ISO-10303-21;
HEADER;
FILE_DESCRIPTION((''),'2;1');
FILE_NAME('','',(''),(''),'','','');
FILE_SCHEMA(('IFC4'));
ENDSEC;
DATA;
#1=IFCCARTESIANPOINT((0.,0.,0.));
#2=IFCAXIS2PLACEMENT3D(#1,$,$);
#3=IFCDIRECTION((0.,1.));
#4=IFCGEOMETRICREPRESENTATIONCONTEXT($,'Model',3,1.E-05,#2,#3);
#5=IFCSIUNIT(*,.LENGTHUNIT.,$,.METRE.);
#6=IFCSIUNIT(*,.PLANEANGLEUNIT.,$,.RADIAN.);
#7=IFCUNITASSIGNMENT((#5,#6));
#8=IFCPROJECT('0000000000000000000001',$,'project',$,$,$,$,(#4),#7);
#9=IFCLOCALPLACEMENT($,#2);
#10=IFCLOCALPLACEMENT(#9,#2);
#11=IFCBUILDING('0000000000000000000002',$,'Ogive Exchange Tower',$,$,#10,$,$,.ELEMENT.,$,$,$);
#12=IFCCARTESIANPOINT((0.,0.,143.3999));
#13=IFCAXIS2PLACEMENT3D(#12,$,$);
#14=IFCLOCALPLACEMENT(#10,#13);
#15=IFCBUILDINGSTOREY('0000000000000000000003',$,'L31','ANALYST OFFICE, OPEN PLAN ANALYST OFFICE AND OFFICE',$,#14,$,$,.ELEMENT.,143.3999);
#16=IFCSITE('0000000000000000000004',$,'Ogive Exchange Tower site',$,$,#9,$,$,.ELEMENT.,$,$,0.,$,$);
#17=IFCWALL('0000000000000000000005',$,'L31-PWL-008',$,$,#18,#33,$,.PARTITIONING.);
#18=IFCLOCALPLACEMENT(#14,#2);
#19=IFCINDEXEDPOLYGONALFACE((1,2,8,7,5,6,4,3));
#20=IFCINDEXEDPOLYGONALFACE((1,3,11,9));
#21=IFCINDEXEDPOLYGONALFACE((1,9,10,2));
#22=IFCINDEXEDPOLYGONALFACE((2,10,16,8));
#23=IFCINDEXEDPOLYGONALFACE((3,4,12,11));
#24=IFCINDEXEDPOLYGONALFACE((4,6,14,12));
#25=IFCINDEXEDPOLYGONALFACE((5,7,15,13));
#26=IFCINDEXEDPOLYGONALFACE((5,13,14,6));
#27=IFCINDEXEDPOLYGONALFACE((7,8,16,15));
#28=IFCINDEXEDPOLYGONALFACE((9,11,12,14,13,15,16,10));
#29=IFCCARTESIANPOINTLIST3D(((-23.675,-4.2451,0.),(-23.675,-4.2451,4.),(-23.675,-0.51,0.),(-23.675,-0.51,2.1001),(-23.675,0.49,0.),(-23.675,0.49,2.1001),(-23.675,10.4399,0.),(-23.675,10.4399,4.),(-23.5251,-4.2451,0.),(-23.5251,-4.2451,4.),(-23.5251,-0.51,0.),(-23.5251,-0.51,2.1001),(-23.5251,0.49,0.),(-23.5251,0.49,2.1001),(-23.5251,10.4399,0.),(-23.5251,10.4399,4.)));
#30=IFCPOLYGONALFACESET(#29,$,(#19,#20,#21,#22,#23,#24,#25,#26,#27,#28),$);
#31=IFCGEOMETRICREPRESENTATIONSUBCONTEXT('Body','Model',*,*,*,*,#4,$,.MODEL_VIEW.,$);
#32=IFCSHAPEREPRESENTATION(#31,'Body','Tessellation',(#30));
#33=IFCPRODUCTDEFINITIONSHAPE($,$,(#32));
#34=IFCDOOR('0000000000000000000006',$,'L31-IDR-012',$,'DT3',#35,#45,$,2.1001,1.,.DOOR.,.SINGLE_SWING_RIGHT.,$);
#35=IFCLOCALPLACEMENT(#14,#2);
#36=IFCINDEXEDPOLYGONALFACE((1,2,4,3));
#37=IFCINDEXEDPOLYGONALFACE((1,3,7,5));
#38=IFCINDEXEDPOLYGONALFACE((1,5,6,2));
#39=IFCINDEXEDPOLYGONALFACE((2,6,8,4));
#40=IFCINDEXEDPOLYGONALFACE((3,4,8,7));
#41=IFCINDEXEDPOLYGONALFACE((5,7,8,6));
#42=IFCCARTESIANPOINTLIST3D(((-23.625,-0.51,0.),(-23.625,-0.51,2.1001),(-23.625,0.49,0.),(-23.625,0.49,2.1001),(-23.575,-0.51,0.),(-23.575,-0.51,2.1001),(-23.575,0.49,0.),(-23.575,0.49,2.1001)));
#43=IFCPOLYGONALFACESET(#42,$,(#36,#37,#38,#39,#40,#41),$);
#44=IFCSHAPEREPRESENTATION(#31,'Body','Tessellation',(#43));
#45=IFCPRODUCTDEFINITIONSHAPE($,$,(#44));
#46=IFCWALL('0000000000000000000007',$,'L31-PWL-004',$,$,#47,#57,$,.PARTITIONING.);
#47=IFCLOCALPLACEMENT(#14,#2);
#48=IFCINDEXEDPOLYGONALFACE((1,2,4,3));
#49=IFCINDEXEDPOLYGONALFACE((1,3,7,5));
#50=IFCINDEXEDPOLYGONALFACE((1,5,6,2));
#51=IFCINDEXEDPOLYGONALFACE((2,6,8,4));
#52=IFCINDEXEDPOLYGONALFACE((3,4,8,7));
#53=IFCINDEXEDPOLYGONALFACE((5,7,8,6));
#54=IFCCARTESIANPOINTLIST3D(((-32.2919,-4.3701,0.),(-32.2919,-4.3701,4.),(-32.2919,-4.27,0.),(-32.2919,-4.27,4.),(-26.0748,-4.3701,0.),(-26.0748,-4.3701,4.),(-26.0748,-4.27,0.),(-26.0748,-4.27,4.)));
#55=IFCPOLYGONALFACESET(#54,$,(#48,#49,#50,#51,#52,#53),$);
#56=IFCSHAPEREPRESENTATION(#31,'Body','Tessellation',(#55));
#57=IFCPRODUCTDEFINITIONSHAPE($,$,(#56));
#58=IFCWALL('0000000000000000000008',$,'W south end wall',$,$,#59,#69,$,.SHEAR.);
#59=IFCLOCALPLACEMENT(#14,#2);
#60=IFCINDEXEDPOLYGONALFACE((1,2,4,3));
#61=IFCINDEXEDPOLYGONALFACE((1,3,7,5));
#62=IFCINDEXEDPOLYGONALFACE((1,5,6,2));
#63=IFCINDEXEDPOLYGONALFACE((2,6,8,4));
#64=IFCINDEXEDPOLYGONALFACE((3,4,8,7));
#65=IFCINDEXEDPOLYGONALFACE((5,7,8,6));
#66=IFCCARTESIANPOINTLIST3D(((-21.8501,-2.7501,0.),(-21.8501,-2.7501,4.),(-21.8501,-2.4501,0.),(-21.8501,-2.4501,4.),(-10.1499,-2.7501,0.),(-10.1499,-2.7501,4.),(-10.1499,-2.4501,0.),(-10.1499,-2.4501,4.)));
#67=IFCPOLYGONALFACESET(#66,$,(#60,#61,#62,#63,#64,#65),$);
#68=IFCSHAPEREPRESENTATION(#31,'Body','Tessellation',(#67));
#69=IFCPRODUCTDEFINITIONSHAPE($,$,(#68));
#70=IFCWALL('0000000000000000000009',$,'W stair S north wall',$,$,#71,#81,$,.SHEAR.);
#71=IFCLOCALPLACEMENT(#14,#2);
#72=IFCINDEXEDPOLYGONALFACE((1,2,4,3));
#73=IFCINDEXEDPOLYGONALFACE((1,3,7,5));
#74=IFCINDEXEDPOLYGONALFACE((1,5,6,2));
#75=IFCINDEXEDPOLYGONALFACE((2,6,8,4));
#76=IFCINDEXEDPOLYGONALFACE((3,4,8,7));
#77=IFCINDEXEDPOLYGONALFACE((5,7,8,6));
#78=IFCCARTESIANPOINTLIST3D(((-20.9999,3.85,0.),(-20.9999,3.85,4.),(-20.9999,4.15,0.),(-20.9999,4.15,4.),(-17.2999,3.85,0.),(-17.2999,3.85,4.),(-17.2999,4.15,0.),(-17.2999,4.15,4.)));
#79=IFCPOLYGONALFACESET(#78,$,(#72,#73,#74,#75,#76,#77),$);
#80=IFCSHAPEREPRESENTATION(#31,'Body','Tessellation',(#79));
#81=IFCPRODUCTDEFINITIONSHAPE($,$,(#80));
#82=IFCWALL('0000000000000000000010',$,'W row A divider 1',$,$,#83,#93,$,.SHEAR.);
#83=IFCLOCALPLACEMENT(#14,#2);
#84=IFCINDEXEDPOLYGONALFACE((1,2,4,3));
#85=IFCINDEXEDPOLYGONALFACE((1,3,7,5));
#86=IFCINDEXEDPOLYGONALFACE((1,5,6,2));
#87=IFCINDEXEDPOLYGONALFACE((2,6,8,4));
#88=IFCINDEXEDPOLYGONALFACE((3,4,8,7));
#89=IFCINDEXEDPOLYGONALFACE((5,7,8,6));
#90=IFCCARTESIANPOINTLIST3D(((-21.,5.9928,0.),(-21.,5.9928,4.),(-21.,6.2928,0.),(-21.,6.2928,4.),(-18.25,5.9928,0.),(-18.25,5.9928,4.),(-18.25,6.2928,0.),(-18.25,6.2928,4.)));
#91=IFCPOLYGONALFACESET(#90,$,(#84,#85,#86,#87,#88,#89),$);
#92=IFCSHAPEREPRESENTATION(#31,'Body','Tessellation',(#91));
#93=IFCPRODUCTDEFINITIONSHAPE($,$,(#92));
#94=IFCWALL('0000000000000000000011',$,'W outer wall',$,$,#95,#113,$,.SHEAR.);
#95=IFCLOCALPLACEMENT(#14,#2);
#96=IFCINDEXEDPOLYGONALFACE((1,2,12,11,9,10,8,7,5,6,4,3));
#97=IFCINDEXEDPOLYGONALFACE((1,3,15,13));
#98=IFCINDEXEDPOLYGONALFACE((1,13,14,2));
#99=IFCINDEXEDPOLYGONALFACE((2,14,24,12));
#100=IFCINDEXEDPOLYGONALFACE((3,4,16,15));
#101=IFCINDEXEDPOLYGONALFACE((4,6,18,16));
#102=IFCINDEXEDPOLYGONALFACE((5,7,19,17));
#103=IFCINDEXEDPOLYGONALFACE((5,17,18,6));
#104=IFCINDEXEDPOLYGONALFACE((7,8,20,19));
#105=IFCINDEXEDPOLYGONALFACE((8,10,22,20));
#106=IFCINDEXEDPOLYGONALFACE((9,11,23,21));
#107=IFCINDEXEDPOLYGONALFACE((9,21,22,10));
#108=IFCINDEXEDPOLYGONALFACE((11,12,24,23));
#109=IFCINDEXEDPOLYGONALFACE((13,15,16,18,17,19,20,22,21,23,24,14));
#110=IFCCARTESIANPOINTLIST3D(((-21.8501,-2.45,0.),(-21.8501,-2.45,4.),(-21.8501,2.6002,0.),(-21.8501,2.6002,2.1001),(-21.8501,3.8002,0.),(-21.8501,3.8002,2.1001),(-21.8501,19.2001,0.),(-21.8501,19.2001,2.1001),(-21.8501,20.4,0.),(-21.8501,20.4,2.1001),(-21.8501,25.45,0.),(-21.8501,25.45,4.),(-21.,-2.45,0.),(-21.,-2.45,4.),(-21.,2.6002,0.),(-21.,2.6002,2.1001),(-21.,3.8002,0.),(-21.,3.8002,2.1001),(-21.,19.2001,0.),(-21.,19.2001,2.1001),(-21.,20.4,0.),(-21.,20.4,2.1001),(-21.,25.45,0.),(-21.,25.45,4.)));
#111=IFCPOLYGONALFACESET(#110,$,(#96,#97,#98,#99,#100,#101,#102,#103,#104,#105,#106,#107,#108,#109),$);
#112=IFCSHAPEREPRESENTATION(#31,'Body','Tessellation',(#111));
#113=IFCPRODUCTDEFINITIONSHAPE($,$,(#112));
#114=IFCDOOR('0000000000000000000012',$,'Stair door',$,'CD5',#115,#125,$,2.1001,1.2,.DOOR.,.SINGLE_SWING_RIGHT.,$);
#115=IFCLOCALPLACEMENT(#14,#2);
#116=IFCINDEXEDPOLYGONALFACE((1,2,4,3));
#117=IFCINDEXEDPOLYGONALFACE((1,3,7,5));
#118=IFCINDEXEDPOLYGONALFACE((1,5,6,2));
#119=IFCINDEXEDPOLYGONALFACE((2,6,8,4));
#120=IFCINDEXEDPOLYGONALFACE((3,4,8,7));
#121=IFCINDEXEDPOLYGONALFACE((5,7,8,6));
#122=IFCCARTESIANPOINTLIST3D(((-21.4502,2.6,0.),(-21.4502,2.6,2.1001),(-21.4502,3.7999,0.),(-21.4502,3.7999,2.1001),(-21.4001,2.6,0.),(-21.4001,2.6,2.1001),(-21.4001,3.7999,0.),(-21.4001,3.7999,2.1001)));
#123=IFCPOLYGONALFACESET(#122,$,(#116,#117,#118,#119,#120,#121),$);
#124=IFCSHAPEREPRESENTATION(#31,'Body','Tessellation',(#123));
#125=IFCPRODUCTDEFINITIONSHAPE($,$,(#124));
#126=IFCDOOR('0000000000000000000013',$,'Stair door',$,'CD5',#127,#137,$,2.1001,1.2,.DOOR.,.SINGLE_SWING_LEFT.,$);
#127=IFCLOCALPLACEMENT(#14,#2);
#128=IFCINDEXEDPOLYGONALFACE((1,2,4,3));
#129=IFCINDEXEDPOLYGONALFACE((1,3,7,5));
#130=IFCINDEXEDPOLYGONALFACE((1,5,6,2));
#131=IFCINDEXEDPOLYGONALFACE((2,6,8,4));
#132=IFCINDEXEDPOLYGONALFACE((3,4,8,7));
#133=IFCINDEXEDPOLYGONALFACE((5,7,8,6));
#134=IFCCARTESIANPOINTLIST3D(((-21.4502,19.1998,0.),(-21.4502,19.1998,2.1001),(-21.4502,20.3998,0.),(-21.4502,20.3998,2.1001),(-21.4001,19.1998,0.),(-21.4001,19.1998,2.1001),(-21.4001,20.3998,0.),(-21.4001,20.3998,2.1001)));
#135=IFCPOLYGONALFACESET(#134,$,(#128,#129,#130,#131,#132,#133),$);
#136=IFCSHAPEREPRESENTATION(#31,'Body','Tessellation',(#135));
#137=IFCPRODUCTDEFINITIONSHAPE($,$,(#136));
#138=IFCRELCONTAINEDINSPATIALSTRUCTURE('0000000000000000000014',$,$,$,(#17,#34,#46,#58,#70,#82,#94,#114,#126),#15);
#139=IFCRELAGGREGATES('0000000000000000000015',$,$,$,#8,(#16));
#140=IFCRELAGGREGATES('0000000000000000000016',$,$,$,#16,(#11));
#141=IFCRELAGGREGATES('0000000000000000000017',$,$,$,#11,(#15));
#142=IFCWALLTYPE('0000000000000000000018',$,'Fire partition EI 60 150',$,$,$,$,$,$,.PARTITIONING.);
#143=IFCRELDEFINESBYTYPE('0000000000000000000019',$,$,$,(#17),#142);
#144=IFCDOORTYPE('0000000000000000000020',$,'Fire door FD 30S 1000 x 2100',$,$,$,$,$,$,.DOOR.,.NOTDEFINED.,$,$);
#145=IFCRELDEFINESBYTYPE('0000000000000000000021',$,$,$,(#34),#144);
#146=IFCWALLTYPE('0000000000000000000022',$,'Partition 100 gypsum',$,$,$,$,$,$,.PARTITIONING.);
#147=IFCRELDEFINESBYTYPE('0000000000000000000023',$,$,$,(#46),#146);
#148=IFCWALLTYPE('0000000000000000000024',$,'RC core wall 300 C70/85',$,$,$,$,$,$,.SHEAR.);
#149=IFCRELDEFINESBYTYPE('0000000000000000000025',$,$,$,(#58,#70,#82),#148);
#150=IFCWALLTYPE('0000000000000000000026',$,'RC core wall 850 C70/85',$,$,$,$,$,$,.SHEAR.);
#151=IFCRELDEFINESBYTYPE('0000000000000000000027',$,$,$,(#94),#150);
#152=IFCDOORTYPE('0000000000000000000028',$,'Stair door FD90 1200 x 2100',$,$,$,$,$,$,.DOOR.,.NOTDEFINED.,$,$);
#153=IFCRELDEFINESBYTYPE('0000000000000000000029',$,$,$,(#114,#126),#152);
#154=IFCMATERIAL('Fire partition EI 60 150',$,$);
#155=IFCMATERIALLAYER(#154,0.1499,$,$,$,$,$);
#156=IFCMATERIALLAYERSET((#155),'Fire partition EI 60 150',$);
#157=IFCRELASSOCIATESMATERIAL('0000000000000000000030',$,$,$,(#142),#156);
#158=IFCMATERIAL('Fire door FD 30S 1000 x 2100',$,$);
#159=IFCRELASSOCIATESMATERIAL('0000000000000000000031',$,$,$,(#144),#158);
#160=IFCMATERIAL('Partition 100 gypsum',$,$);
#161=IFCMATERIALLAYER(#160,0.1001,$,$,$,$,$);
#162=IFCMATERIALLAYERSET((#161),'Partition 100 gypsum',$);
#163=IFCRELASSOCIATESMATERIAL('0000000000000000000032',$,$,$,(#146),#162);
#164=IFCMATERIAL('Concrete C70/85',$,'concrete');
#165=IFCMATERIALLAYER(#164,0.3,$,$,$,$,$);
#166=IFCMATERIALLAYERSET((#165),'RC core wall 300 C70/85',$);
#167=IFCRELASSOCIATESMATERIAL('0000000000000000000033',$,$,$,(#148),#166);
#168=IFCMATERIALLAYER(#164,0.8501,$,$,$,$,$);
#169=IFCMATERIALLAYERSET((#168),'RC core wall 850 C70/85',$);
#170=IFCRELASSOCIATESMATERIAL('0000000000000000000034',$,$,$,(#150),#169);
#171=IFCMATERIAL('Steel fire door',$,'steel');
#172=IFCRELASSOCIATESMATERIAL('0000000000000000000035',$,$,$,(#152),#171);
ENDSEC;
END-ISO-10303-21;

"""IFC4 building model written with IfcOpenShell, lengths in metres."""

from ifc_helpers import new_model, si_unit, direction, frame, frame_2d, origin, place, context, subcontext, project, spatial, rectangle, extrude, material, layer, layer_set, type_object, element, fill, save


model = new_model("IFC4")

# Units and contexts
model_context = context("Model", 3, precision=1e-05, world=origin(), true_north=direction((0.0, 1.0)))
body_context = subcontext(model_context, "Body", "Model", "MODEL_VIEW")
ifc_project = project(units=[si_unit("LENGTHUNIT", "METRE"), si_unit("PLANEANGLEUNIT", "RADIAN")], contexts=[model_context])

# Site, building, storey
site_placement = place(None, origin())
site = spatial("IfcSite", under=ifc_project, at=site_placement, Name="Ogive Exchange Tower site", CompositionType="ELEMENT", RefElevation=0.0)
building_placement = place(site_placement, origin())
building = spatial("IfcBuilding", under=site, at=building_placement, Name="Ogive Exchange Tower", CompositionType="ELEMENT")
storey_placement = place(building_placement, frame((0.0, 0.0, 143.3999)))
storey = spatial("IfcBuildingStorey", under=building, at=storey_placement, Name="L31", Description="ANALYST OFFICE, OPEN PLAN ANALYST OFFICE AND OFFICE", CompositionType="ELEMENT", Elevation=143.3999)

# Shared definitions
ifc_material_1 = material(Name="Fire partition EI 60 150")
ifc_layer_1 = layer(ifc_material_1, 0.1499)
ifc_layer_set_1 = layer_set([ifc_layer_1], Name="Fire partition EI 60 150")
wall_type_1 = type_object("IfcWallType", Name="Fire partition EI 60 150", PredefinedType="PARTITIONING", material=ifc_layer_set_1)
ifc_material_2 = material(Name="Fire door FD 30S 1000 x 2100")
door_type_1 = type_object("IfcDoorType", Name="Fire door FD 30S 1000 x 2100", OperationType="NOTDEFINED", PredefinedType="DOOR", material=ifc_material_2)

# Wall, opening, door
wall_1_placement = place(storey_placement, frame((-23.6001, -4.2451, 0.0), z_axis=(0.0, 0.0, 1.0), x_axis=(0.0, 1.0, 0.0)))
wall_1 = element("IfcWall", 1, at=wall_1_placement, inside=storey, type_object=wall_type_1, Name="L31-PWL-008", PredefinedType="PARTITIONING", context=body_context, shape_type="SweptSolid", body=[
    extrude(rectangle(XDim=14.6851, YDim=0.1499, at=frame_2d((7.3425, 0.0))), origin(), (0.0, 0.0, 1.0), 4.0),
])
opening_1_placement = place(wall_1_placement, frame((3.7351, 0.0, 0.0)))
opening_1 = element("IfcOpeningElement", 2, at=opening_1_placement, cuts=wall_1, PredefinedType="OPENING", context=body_context, shape_type="SweptSolid", body=[
    extrude(rectangle(XDim=1.0, YDim=2.1001, at=frame_2d((0.5, 1.05))), frame((0.0, 0.085, 0.0), z_axis=(0.0, -1.0, 0.0), x_axis=(1.0, 0.0, 0.0)), (0.0, 0.0, 1.0), 0.1699),
])
door_1_placement = place(opening_1_placement, origin())
door_1 = element("IfcDoor", 3, at=door_1_placement, inside=storey, type_object=door_type_1, Name="L31-IDR-012", ObjectType="DT3", OperationType="SINGLE_SWING_RIGHT", OverallHeight=2.1001, OverallWidth=1.0, PredefinedType="DOOR", context=body_context, shape_type="SweptSolid", body=[
    extrude(rectangle(XDim=1.0, YDim=2.1001, at=frame_2d((0.5, 1.05))), frame((0.0, 0.0249, 0.0), z_axis=(0.0, -1.0, 0.0), x_axis=(1.0, 0.0, 0.0)), (0.0, 0.0, 1.0), 0.05),
])
fill(opening_1, door_1)

# Walls
ifc_material_3 = material(Name="Partition 100 gypsum")
ifc_layer_2 = layer(ifc_material_3, 0.1001)
ifc_layer_set_2 = layer_set([ifc_layer_2], Name="Partition 100 gypsum")
wall_type_2 = type_object("IfcWallType", Name="Partition 100 gypsum", PredefinedType="PARTITIONING", material=ifc_layer_set_2)
wall_2_placement = place(storey_placement, frame((-26.075, -4.3201, 0.0), z_axis=(0.0, 0.0, 1.0), x_axis=(-1.0, 0.0, 0.0)))
element("IfcWall", 4, at=wall_2_placement, inside=storey, type_object=wall_type_2, Name="L31-PWL-004", PredefinedType="PARTITIONING", context=body_context, shape_type="SweptSolid", body=[
    extrude(rectangle(XDim=6.217, YDim=0.1001, at=frame_2d((3.1084, 0.0))), origin(), (0.0, 0.0, 1.0), 4.0),
])
ifc_material_4 = material(Name="Concrete C70/85", Category="concrete")
ifc_layer_3 = layer(ifc_material_4, 0.3)
ifc_layer_set_3 = layer_set([ifc_layer_3], Name="RC core wall 300 C70/85")
wall_type_3 = type_object("IfcWallType", Name="RC core wall 300 C70/85", PredefinedType="SHEAR", material=ifc_layer_set_3)
wall_3_placement = place(storey_placement, frame((-21.8501, -2.6001, 0.0), z_axis=(0.0, 0.0, 1.0), x_axis=(1.0, 0.0, 0.0)))
element("IfcWall", 5, at=wall_3_placement, inside=storey, type_object=wall_type_3, Name="W south end wall", PredefinedType="SHEAR", context=body_context, shape_type="SweptSolid", body=[
    extrude(rectangle(XDim=11.7002, YDim=0.3, at=frame_2d((5.8501, 0.0))), origin(), (0.0, 0.0, 1.0), 4.0),
])
wall_4_placement = place(storey_placement, frame((-21.0, 4.0, 0.0), z_axis=(0.0, 0.0, 1.0), x_axis=(1.0, 0.0, 0.0)))
element("IfcWall", 6, at=wall_4_placement, inside=storey, type_object=wall_type_3, Name="W stair S north wall", PredefinedType="SHEAR", context=body_context, shape_type="SweptSolid", body=[
    extrude(rectangle(XDim=3.7, YDim=0.3, at=frame_2d((1.8501, 0.0))), origin(), (0.0, 0.0, 1.0), 4.0),
])
wall_5_placement = place(storey_placement, frame((-21.0, 6.1428, 0.0), z_axis=(0.0, 0.0, 1.0), x_axis=(1.0, 0.0, 0.0)))
element("IfcWall", 7, at=wall_5_placement, inside=storey, type_object=wall_type_3, Name="W row A divider 1", PredefinedType="SHEAR", context=body_context, shape_type="SweptSolid", body=[
    extrude(rectangle(XDim=2.75, YDim=0.3, at=frame_2d((1.375, 0.0))), origin(), (0.0, 0.0, 1.0), 4.0),
])

# Wall, openings, doors
ifc_layer_4 = layer(ifc_material_4, 0.8501)
ifc_layer_set_4 = layer_set([ifc_layer_4], Name="RC core wall 850 C70/85")
wall_type_4 = type_object("IfcWallType", Name="RC core wall 850 C70/85", PredefinedType="SHEAR", material=ifc_layer_set_4)
wall_6_placement = place(storey_placement, frame((-21.425, -2.45, 0.0), z_axis=(0.0, 0.0, 1.0), x_axis=(0.0, 1.0, 0.0)))
wall_6 = element("IfcWall", 8, at=wall_6_placement, inside=storey, type_object=wall_type_4, Name="W outer wall", PredefinedType="SHEAR", context=body_context, shape_type="SweptSolid", body=[
    extrude(rectangle(XDim=27.8999, YDim=0.8501, at=frame_2d((13.95, 0.0))), origin(), (0.0, 0.0, 1.0), 4.0),
])
opening_2_placement = place(wall_6_placement, frame((5.05, 0.0, 0.0)))
opening_2 = element("IfcOpeningElement", 9, at=opening_2_placement, cuts=wall_6, PredefinedType="OPENING", context=body_context, shape_type="SweptSolid", body=[
    extrude(rectangle(XDim=1.2, YDim=2.1001, at=frame_2d((0.6001, 1.05))), frame((0.0, 0.4351, 0.0), z_axis=(0.0, -1.0, 0.0), x_axis=(1.0, 0.0, 0.0)), (0.0, 0.0, 1.0), 0.8701),
])
opening_3_placement = place(wall_6_placement, frame((21.6499, 0.0, 0.0)))
opening_3 = element("IfcOpeningElement", 10, at=opening_3_placement, cuts=wall_6, PredefinedType="OPENING", context=body_context, shape_type="SweptSolid", body=[
    extrude(rectangle(XDim=1.2, YDim=2.1001, at=frame_2d((0.6001, 1.05))), frame((0.0, 0.4351, 0.0), z_axis=(0.0, -1.0, 0.0), x_axis=(1.0, 0.0, 0.0)), (0.0, 0.0, 1.0), 0.8701),
])
ifc_material_5 = material(Name="Steel fire door", Category="steel")
door_type_2 = type_object("IfcDoorType", Name="Stair door FD90 1200 x 2100", OperationType="NOTDEFINED", PredefinedType="DOOR", material=ifc_material_5)
door_2_placement = place(opening_2_placement, frame((1.2, 0.0, 0.0), z_axis=(0.0, 0.0, 1.0), x_axis=(-1.0, 0.0, 0.0)))
door_2 = element("IfcDoor", 11, at=door_2_placement, inside=storey, type_object=door_type_2, Name="Stair door", ObjectType="CD5", OperationType="SINGLE_SWING_RIGHT", OverallHeight=2.1001, OverallWidth=1.2, PredefinedType="DOOR", context=body_context, shape_type="SweptSolid", body=[
    extrude(rectangle(XDim=1.2, YDim=2.1001, at=frame_2d((0.6001, 1.05))), frame((0.0, 0.0249, 0.0), z_axis=(0.0, -1.0, 0.0), x_axis=(1.0, 0.0, 0.0)), (0.0, 0.0, 1.0), 0.05),
])
fill(opening_2, door_2)
door_3_placement = place(opening_3_placement, frame((1.2, 0.0, 0.0), z_axis=(0.0, 0.0, 1.0), x_axis=(-1.0, 0.0, 0.0)))
door_3 = element("IfcDoor", 12, at=door_3_placement, inside=storey, type_object=door_type_2, Name="Stair door", ObjectType="CD5", OperationType="SINGLE_SWING_LEFT", OverallHeight=2.1001, OverallWidth=1.2, PredefinedType="DOOR", context=body_context, shape_type="SweptSolid", body=[
    extrude(rectangle(XDim=1.2, YDim=2.1001, at=frame_2d((0.6001, 1.05))), frame((0.0, 0.0249, 0.0), z_axis=(0.0, -1.0, 0.0), x_axis=(1.0, 0.0, 0.0)), (0.0, 0.0, 1.0), 0.05),
])
fill(opening_3, door_3)

save(model, "model.ifc")
